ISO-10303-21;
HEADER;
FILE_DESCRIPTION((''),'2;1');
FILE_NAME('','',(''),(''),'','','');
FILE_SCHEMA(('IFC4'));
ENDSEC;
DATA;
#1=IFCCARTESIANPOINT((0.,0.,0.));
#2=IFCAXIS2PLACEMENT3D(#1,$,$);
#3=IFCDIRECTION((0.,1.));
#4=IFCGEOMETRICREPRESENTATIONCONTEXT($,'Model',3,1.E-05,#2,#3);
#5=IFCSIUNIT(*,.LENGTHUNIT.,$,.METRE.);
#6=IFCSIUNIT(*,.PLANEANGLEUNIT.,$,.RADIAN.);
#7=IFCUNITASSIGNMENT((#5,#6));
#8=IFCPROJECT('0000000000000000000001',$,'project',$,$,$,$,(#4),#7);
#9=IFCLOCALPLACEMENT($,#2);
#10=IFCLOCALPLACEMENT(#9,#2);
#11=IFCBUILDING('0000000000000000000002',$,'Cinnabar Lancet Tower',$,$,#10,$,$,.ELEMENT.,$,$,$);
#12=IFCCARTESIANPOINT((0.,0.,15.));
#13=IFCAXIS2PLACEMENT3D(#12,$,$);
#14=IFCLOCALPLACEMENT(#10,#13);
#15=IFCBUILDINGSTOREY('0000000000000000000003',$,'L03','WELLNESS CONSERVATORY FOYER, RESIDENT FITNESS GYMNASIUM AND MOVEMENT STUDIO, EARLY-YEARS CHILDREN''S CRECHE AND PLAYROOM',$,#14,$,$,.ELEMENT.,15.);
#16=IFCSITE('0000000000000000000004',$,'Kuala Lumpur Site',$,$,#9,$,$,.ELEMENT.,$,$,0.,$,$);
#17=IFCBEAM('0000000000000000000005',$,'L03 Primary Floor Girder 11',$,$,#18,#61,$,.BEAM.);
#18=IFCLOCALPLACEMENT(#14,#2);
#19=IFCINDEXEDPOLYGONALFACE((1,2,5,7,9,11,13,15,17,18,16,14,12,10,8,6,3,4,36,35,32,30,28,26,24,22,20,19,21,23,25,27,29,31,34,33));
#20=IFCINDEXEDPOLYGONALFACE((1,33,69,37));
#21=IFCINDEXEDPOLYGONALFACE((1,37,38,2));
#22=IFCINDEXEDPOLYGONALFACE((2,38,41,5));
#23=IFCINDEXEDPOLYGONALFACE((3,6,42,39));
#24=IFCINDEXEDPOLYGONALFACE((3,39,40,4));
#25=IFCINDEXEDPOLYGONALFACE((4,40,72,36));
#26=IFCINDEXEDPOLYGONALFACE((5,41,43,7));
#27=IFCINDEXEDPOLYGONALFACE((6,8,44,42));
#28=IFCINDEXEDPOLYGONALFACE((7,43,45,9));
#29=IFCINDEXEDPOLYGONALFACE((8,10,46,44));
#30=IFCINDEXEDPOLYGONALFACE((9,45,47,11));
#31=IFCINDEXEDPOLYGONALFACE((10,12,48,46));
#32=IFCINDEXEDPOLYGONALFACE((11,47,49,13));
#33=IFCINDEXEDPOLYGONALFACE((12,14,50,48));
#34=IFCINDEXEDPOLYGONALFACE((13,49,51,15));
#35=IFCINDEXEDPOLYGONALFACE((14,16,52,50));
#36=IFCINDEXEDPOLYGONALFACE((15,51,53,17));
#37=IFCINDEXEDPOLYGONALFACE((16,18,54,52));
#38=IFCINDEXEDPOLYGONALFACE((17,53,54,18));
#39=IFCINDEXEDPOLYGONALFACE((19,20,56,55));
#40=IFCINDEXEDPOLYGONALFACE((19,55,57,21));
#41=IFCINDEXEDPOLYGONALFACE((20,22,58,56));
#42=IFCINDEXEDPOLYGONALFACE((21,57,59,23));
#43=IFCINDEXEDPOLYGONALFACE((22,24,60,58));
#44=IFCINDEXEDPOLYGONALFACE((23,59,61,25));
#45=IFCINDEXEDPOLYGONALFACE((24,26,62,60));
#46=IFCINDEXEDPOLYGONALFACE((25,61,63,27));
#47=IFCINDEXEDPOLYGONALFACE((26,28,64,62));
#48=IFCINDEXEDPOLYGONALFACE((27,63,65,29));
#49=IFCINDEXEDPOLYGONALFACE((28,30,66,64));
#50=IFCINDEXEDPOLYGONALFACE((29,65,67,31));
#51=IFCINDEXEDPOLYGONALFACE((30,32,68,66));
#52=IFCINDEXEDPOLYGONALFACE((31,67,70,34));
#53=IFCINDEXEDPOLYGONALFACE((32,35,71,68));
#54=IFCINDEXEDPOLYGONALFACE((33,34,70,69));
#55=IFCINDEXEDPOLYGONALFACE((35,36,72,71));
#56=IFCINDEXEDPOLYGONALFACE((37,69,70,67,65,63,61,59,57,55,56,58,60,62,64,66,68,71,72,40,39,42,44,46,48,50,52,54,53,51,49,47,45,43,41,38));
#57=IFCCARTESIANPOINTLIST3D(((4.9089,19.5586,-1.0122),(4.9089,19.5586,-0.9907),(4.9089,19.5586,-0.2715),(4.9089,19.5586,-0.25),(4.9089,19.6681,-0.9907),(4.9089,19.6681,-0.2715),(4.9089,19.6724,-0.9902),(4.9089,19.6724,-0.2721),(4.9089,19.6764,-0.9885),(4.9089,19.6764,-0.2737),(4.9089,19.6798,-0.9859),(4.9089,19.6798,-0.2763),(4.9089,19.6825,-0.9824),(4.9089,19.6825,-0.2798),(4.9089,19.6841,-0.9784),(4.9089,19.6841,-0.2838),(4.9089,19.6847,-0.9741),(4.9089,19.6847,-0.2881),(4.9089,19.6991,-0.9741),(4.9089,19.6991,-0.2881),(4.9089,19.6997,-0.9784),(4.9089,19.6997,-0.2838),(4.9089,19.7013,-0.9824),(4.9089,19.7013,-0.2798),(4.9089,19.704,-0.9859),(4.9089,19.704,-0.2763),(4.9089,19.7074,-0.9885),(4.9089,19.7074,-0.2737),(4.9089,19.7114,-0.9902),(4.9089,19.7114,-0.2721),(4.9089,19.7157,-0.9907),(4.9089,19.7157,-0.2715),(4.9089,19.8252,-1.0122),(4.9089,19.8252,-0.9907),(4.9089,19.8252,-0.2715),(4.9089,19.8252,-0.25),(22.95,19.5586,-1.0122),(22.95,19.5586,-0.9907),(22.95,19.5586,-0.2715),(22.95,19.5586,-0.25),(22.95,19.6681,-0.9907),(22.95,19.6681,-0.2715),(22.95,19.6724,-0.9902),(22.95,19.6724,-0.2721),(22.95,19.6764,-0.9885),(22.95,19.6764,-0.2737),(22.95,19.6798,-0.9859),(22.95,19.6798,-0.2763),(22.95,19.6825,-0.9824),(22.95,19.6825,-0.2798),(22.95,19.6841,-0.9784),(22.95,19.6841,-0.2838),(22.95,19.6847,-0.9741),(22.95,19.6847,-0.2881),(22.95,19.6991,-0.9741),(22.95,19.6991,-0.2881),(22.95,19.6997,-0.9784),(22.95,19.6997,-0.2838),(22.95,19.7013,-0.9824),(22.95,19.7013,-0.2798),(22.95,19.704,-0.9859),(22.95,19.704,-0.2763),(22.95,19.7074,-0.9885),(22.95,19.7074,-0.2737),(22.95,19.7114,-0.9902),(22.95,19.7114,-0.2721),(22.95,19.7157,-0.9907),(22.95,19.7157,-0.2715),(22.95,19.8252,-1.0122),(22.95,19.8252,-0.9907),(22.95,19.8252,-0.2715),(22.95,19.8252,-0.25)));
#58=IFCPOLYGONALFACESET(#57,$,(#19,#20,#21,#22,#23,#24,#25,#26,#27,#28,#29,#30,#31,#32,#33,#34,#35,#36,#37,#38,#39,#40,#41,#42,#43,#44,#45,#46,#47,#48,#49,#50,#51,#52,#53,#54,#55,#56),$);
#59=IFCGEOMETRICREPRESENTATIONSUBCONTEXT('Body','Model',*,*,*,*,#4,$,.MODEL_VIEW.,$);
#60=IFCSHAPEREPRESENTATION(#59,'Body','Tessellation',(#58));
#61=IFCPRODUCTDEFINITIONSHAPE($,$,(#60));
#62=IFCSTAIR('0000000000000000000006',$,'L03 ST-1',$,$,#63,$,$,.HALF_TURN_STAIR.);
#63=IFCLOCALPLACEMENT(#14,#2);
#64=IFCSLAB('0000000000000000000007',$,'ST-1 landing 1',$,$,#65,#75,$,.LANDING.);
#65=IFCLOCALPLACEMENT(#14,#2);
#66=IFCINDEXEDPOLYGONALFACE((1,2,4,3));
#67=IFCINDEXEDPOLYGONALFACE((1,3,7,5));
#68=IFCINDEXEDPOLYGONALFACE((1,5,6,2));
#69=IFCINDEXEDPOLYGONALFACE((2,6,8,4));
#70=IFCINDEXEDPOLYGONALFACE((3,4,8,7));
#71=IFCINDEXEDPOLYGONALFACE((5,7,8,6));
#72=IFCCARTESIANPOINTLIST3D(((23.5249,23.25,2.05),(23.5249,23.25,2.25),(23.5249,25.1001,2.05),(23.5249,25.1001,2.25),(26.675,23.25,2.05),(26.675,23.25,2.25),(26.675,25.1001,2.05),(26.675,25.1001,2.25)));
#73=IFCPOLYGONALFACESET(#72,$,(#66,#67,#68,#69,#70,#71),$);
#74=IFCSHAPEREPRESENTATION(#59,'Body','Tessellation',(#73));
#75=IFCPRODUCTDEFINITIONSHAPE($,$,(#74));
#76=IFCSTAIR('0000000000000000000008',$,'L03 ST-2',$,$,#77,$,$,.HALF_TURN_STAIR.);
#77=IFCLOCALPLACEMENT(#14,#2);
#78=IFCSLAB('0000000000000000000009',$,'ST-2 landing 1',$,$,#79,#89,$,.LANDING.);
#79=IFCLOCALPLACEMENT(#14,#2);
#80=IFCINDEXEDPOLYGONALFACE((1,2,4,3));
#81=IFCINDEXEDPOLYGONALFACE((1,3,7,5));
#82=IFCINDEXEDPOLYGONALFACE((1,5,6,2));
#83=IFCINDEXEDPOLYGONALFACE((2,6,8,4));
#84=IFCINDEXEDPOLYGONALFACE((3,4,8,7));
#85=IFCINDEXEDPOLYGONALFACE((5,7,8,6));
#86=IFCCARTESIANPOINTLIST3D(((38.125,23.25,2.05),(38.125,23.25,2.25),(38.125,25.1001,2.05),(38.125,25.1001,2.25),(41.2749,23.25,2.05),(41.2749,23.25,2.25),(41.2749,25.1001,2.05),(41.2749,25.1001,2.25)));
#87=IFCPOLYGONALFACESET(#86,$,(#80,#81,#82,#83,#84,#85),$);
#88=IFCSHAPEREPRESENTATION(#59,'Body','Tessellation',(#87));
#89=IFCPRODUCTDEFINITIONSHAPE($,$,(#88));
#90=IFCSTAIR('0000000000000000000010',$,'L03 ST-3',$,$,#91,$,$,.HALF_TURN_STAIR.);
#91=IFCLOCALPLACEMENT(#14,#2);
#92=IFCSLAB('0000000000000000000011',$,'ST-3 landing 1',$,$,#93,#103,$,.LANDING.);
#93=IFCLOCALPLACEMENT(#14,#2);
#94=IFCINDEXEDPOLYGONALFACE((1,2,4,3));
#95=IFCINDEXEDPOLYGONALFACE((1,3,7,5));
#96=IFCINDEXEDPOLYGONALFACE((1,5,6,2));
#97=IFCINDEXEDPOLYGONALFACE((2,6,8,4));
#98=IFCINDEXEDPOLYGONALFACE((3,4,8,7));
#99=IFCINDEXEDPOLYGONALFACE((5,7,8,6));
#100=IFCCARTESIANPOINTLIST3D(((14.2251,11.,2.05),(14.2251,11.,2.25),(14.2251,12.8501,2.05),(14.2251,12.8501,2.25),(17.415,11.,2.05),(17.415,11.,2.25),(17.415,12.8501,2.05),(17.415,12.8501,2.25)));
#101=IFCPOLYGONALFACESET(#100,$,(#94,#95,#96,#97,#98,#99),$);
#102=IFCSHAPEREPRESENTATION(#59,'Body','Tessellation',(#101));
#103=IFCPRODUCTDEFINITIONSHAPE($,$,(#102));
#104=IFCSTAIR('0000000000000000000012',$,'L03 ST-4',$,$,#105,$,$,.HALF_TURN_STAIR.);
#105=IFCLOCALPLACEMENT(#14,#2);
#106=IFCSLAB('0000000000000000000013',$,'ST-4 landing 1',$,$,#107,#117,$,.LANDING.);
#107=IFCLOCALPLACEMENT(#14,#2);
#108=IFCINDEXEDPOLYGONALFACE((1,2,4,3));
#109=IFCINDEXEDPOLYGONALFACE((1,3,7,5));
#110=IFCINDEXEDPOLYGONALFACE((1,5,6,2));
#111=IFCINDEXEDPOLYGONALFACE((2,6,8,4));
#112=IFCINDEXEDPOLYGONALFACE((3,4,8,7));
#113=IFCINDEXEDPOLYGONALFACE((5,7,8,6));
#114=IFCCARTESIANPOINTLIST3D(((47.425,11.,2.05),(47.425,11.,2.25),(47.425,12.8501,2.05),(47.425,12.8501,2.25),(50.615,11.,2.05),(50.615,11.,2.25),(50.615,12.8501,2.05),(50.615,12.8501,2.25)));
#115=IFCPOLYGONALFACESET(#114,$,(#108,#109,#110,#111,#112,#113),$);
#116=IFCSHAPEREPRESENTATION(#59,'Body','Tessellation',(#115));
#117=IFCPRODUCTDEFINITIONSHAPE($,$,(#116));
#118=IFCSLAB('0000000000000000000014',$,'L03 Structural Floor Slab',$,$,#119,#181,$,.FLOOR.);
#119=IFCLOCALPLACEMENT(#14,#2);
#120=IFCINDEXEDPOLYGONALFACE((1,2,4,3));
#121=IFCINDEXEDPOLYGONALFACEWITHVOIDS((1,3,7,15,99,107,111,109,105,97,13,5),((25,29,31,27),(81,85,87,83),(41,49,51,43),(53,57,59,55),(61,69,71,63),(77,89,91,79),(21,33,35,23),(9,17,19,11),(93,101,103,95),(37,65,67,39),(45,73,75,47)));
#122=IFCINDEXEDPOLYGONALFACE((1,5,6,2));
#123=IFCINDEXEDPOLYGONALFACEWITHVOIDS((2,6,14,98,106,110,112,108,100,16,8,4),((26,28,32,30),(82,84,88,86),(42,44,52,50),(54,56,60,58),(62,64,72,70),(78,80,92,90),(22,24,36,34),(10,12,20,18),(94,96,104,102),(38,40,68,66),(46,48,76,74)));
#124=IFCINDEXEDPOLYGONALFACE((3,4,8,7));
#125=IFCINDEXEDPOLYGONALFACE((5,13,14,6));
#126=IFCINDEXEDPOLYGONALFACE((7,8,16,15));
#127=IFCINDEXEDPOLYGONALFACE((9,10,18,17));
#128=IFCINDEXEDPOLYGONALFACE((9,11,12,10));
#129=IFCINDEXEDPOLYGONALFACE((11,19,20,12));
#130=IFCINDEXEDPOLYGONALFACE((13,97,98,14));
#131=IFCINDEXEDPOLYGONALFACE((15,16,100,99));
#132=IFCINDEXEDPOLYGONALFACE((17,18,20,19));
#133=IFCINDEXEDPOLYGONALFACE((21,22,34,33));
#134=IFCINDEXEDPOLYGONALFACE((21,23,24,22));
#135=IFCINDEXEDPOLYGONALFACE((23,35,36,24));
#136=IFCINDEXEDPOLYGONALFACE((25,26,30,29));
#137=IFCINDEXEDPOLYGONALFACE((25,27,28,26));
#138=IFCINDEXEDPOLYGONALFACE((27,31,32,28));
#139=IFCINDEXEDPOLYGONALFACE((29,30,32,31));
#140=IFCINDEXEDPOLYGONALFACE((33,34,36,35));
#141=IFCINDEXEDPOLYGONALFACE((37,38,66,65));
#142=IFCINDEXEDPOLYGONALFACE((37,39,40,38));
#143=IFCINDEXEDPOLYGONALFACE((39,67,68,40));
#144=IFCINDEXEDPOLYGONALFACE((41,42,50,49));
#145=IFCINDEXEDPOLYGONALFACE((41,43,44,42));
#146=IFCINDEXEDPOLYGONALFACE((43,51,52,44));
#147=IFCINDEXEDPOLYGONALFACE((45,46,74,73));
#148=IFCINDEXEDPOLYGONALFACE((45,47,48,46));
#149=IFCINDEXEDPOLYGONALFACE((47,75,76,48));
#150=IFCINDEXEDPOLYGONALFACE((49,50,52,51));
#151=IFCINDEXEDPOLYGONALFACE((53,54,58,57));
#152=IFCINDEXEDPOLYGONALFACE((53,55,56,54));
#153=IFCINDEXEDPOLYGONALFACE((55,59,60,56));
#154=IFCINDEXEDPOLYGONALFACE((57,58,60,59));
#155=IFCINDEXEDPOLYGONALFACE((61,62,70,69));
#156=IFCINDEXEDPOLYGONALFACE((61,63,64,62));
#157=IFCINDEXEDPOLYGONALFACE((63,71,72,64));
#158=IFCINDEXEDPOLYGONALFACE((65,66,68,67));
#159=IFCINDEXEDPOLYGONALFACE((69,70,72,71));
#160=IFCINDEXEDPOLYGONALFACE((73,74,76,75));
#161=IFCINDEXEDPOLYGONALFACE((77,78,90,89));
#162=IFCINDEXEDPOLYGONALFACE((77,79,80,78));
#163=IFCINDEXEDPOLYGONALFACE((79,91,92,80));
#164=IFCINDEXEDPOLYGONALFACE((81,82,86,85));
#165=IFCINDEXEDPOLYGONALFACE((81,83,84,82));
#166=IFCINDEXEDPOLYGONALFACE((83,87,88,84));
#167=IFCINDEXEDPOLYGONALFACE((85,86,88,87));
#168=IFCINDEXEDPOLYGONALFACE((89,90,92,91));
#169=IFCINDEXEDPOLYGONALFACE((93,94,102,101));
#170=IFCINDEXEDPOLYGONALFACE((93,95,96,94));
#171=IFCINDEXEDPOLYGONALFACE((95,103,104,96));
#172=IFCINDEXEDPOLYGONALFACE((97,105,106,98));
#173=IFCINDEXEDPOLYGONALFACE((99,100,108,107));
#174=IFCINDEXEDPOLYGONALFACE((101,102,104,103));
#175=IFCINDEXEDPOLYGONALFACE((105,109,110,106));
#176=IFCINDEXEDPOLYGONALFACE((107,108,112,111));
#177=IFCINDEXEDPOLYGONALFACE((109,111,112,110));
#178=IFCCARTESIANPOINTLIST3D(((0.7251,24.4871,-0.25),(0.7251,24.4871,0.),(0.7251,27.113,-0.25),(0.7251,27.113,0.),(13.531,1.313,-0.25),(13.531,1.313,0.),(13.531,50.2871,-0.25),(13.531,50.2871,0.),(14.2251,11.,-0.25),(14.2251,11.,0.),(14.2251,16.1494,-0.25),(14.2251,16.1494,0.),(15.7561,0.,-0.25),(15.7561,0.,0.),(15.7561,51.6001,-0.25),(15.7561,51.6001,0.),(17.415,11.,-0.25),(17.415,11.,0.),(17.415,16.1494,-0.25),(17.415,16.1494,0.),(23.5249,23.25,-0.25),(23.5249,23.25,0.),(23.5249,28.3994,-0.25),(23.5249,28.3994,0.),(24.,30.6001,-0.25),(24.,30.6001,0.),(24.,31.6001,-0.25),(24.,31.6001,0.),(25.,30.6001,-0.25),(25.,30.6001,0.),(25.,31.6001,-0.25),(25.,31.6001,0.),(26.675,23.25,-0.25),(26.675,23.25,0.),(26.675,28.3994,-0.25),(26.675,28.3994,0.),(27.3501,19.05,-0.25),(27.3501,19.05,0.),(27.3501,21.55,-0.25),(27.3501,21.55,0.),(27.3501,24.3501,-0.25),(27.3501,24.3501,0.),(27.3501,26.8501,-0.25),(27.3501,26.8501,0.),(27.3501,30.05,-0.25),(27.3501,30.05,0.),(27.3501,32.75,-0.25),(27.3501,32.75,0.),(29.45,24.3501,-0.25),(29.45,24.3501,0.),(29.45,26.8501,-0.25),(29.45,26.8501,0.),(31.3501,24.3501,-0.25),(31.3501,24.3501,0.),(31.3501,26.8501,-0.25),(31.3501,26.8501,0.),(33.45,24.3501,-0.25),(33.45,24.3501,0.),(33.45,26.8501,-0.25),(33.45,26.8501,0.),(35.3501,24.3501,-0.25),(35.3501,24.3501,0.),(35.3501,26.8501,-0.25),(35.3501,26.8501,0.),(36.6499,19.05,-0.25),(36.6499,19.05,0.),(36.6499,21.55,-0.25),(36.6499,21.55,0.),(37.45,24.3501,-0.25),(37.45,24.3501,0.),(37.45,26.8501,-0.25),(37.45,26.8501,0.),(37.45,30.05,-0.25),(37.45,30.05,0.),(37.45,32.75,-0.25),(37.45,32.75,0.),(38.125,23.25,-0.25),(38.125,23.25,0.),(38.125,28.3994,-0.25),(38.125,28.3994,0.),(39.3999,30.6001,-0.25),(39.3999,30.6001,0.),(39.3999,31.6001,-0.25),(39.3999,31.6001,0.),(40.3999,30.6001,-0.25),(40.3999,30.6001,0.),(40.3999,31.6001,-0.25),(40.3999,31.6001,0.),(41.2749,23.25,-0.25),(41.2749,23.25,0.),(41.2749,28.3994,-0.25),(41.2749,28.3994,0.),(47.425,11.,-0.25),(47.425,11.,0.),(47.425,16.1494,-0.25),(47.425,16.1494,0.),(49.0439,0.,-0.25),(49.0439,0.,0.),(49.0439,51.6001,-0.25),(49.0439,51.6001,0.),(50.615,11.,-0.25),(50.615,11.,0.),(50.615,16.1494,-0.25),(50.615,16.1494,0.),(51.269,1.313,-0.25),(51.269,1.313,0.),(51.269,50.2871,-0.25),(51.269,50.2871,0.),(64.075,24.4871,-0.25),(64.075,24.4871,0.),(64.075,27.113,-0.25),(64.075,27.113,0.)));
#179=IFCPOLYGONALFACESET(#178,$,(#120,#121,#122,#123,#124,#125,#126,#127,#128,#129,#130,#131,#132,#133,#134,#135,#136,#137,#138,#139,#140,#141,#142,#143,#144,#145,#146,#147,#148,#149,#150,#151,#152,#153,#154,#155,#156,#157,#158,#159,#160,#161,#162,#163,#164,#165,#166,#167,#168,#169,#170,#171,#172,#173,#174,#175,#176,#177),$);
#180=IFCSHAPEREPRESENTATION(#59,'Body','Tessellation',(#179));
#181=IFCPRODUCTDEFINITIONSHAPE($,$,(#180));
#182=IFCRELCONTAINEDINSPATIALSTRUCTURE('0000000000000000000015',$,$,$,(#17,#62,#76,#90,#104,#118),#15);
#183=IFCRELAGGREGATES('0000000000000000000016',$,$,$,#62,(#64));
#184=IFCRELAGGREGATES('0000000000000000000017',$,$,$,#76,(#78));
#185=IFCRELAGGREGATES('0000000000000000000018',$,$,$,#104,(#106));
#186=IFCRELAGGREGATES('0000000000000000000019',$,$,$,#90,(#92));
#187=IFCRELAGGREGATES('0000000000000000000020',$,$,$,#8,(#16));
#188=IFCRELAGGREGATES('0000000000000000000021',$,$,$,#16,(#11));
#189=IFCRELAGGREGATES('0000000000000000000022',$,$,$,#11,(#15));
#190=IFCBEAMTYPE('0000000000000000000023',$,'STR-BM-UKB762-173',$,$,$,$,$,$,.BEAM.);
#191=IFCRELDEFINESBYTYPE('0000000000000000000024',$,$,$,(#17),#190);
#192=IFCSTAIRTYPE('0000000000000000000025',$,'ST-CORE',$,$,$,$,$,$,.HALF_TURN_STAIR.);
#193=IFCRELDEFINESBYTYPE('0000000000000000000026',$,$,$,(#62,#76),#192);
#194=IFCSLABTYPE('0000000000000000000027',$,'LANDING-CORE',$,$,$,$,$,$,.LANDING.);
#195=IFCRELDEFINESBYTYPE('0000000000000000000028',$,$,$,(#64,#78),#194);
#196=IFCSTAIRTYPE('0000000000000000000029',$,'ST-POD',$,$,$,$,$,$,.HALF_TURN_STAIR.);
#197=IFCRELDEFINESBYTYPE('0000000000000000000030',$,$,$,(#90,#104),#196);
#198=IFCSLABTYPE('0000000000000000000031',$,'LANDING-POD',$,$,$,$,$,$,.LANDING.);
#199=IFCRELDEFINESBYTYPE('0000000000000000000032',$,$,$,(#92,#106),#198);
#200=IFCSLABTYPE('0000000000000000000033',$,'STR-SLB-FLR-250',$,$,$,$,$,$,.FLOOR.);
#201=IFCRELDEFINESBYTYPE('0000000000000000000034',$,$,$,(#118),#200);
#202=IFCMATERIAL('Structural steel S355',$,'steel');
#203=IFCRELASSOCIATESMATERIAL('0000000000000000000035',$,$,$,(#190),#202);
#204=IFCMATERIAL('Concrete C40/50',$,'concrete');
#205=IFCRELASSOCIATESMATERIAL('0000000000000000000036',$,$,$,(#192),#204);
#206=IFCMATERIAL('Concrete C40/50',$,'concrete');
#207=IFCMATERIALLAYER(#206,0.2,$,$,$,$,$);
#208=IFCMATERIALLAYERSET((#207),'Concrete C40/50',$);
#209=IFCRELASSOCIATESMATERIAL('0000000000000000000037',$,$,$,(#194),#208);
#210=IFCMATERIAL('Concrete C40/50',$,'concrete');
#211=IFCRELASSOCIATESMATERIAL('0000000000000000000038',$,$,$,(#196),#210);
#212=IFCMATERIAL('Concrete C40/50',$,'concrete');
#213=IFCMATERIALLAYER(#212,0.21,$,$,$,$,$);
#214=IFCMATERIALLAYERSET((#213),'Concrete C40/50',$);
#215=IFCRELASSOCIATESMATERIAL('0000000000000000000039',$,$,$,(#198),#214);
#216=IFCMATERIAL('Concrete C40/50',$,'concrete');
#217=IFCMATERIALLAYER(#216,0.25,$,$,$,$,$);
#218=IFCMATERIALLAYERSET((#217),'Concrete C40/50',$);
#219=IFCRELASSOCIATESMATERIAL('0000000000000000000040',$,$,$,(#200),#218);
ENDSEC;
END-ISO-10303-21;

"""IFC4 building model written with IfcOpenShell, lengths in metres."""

from ifc_helpers import new_model, si_unit, direction, frame, origin, origin_2d, place, context, subcontext, project, spatial, polyline, i_section, outline, extrude, material, layer, layer_set, material_profile, profile_set, type_object, element, aggregate, save


model = new_model("IFC4")

# Units and contexts
model_context = context("Model", 3, precision=1e-05, world=origin(), true_north=direction((0.0, 1.0)))
body_context = subcontext(model_context, "Body", "Model", "MODEL_VIEW")
ifc_project = project(units=[si_unit("LENGTHUNIT", "METRE"), si_unit("PLANEANGLEUNIT", "RADIAN")], contexts=[model_context])

# Site, building, storey
site_placement = place(None, origin())
site = spatial("IfcSite", under=ifc_project, at=site_placement, Name="Kuala Lumpur Site", CompositionType="ELEMENT", RefElevation=0.0)
building_placement = place(site_placement, origin())
building = spatial("IfcBuilding", under=site, at=building_placement, Name="Cinnabar Lancet Tower", CompositionType="ELEMENT")
storey_placement = place(building_placement, frame((0.0, 0.0, 15.0)))
storey = spatial("IfcBuildingStorey", under=building, at=storey_placement, Name="L03", Description="WELLNESS CONSERVATORY FOYER, RESIDENT FITNESS GYMNASIUM AND MOVEMENT STUDIO, EARLY-YEARS CHILDREN'S CRECHE AND PLAYROOM", CompositionType="ELEMENT", Elevation=15.0)

# Beam
ifc_material_1 = material(Name="Structural steel S355", Category="steel")
ifc_material_profile_1 = material_profile(ifc_material_1, i_section(OverallWidth=0.2666, OverallDepth=0.7622, WebThickness=0.0144, FlangeThickness=0.0215, FilletRadius=0.0166, at=origin_2d()), Name="UKB 762x267x173")
ifc_profile_set_1 = profile_set([ifc_material_profile_1], Name="Structural steel S355")
beam_type_1 = type_object("IfcBeamType", Name="STR-BM-UKB762-173", PredefinedType="BEAM", material=ifc_profile_set_1)
beam_1_placement = place(storey_placement, frame((4.9089, 19.6919, -0.6311), z_axis=(1.0, 0.0, 0.0), x_axis=(0.0, 1.0, 0.0)))
element("IfcBeam", 1, at=beam_1_placement, inside=storey, type_object=beam_type_1, Name="L03 Primary Floor Girder 11", PredefinedType="BEAM", context=body_context, shape_type="SweptSolid", body=[
    extrude(i_section(OverallWidth=0.2666, OverallDepth=0.7622, WebThickness=0.0144, FlangeThickness=0.0215, FilletRadius=0.0166, at=origin_2d()), origin(), (0.0, 0.0, 1.0), 18.041),
])

# Stairs, slabs
ifc_material_2 = material(Name="Concrete C40/50", Category="concrete")
stair_type_1 = type_object("IfcStairType", Name="ST-CORE", PredefinedType="HALF_TURN_STAIR", material=ifc_material_2)
stair_1_placement = place(storey_placement, origin())
stair_1 = element("IfcStair", 2, at=stair_1_placement, inside=storey, type_object=stair_type_1, Name="L03 ST-1", PredefinedType="HALF_TURN_STAIR")
ifc_material_3 = material(Name="Concrete C40/50", Category="concrete")
ifc_layer_1 = layer(ifc_material_3, 0.2)
ifc_layer_set_1 = layer_set([ifc_layer_1], Name="Concrete C40/50")
slab_type_1 = type_object("IfcSlabType", Name="LANDING-CORE", PredefinedType="LANDING", material=ifc_layer_set_1)
slab_1_placement = place(storey_placement, frame((0.0, 0.0, 2.05)))
slab_1 = element("IfcSlab", 3, at=slab_1_placement, type_object=slab_type_1, Name="ST-1 landing 1", PredefinedType="LANDING", context=body_context, shape_type="SweptSolid", body=[
    extrude(outline(polyline([(23.5249, 25.1001), (23.5249, 23.25), (26.675, 23.25), (26.675, 25.1001), (23.5249, 25.1001)])), origin(), (0.0, 0.0, 1.0), 0.2),
])
aggregate(stair_1, [slab_1])
stair_2_placement = place(storey_placement, origin())
stair_2 = element("IfcStair", 4, at=stair_2_placement, inside=storey, type_object=stair_type_1, Name="L03 ST-2", PredefinedType="HALF_TURN_STAIR")
slab_2_placement = place(storey_placement, frame((0.0, 0.0, 2.05)))
slab_2 = element("IfcSlab", 5, at=slab_2_placement, type_object=slab_type_1, Name="ST-2 landing 1", PredefinedType="LANDING", context=body_context, shape_type="SweptSolid", body=[
    extrude(outline(polyline([(38.125, 25.1001), (38.125, 23.25), (41.2749, 23.25), (41.2749, 25.1001), (38.125, 25.1001)])), origin(), (0.0, 0.0, 1.0), 0.2),
])
aggregate(stair_2, [slab_2])
ifc_material_4 = material(Name="Concrete C40/50", Category="concrete")
stair_type_2 = type_object("IfcStairType", Name="ST-POD", PredefinedType="HALF_TURN_STAIR", material=ifc_material_4)
stair_3_placement = place(storey_placement, origin())
stair_3 = element("IfcStair", 6, at=stair_3_placement, inside=storey, type_object=stair_type_2, Name="L03 ST-3", PredefinedType="HALF_TURN_STAIR")
ifc_material_5 = material(Name="Concrete C40/50", Category="concrete")
ifc_layer_2 = layer(ifc_material_5, 0.21)
ifc_layer_set_2 = layer_set([ifc_layer_2], Name="Concrete C40/50")
slab_type_2 = type_object("IfcSlabType", Name="LANDING-POD", PredefinedType="LANDING", material=ifc_layer_set_2)
slab_3_placement = place(storey_placement, frame((0.0, 0.0, 2.05)))
slab_3 = element("IfcSlab", 7, at=slab_3_placement, type_object=slab_type_2, Name="ST-3 landing 1", PredefinedType="LANDING", context=body_context, shape_type="SweptSolid", body=[
    extrude(outline(polyline([(14.2251, 12.8501), (14.2251, 11.0), (17.415, 11.0), (17.415, 12.8501), (14.2251, 12.8501)])), origin(), (0.0, 0.0, 1.0), 0.2),
])
stair_4_placement = place(storey_placement, origin())
stair_4 = element("IfcStair", 8, at=stair_4_placement, inside=storey, type_object=stair_type_2, Name="L03 ST-4", PredefinedType="HALF_TURN_STAIR")
slab_4_placement = place(storey_placement, frame((0.0, 0.0, 2.05)))
slab_4 = element("IfcSlab", 9, at=slab_4_placement, type_object=slab_type_2, Name="ST-4 landing 1", PredefinedType="LANDING", context=body_context, shape_type="SweptSolid", body=[
    extrude(outline(polyline([(47.425, 12.8501), (47.425, 11.0), (50.615, 11.0), (50.615, 12.8501), (47.425, 12.8501)])), origin(), (0.0, 0.0, 1.0), 0.2),
])
aggregate(stair_4, [slab_4])

# Slab
ifc_material_6 = material(Name="Concrete C40/50", Category="concrete")
ifc_layer_3 = layer(ifc_material_6, 0.25)
ifc_layer_set_3 = layer_set([ifc_layer_3], Name="Concrete C40/50")
slab_type_3 = type_object("IfcSlabType", Name="STR-SLB-FLR-250", PredefinedType="FLOOR", material=ifc_layer_set_3)
slab_5_placement = place(storey_placement, frame((0.0, 0.0, -0.25)))
element("IfcSlab", 10, at=slab_5_placement, inside=storey, type_object=slab_type_3, Name="L03 Structural Floor Slab", PredefinedType="FLOOR", context=body_context, shape_type="SweptSolid", body=[
    extrude(outline(polyline([(13.531, 1.313), (15.7561, 0.0), (49.0439, 0.0), (51.269, 1.313), (64.075, 24.4871), (64.075, 27.113), (51.269, 50.2871), (49.0439, 51.6001), (15.7561, 51.6001), (13.531, 50.2871), (0.7251, 27.113), (0.7251, 24.4871), (13.531, 1.313)]), holes=[polyline([(23.5249, 23.25), (26.675, 23.25), (26.675, 28.3994), (23.5249, 28.3994), (23.5249, 23.25)]), polyline([(38.125, 23.25), (41.2749, 23.25), (41.2749, 28.3994), (38.125, 28.3994), (38.125, 23.25)]), polyline([(14.2251, 11.0), (17.415, 11.0), (17.415, 16.1494), (14.2251, 16.1494), (14.2251, 11.0)]), polyline([(47.425, 11.0), (50.615, 11.0), (50.615, 16.1494), (47.425, 16.1494), (47.425, 11.0)]), polyline([(27.3501, 30.05), (37.45, 30.05), (37.45, 32.75), (27.3501, 32.75), (27.3501, 30.05)]), polyline([(27.3501, 19.05), (36.6499, 19.05), (36.6499, 21.55), (27.3501, 21.55), (27.3501, 19.05)]), polyline([(27.3501, 24.3501), (29.45, 24.3501), (29.45, 26.8501), (27.3501, 26.8501), (27.3501, 24.3501)]), polyline([(35.3501, 24.3501), (37.45, 24.3501), (37.45, 26.8501), (35.3501, 26.8501), (35.3501, 24.3501)]), polyline([(31.3501, 24.3501), (33.45, 24.3501), (33.45, 26.8501), (31.3501, 26.8501), (31.3501, 24.3501)]), polyline([(24.0, 30.6001), (25.0, 30.6001), (25.0, 31.6001), (24.0, 31.6001), (24.0, 30.6001)]), polyline([(39.3999, 30.6001), (40.3999, 30.6001), (40.3999, 31.6001), (39.3999, 31.6001), (39.3999, 30.6001)])]), origin(), (0.0, 0.0, 1.0), 0.25),
])

aggregate(stair_3, [slab_3])

save(model, "model.ifc")
